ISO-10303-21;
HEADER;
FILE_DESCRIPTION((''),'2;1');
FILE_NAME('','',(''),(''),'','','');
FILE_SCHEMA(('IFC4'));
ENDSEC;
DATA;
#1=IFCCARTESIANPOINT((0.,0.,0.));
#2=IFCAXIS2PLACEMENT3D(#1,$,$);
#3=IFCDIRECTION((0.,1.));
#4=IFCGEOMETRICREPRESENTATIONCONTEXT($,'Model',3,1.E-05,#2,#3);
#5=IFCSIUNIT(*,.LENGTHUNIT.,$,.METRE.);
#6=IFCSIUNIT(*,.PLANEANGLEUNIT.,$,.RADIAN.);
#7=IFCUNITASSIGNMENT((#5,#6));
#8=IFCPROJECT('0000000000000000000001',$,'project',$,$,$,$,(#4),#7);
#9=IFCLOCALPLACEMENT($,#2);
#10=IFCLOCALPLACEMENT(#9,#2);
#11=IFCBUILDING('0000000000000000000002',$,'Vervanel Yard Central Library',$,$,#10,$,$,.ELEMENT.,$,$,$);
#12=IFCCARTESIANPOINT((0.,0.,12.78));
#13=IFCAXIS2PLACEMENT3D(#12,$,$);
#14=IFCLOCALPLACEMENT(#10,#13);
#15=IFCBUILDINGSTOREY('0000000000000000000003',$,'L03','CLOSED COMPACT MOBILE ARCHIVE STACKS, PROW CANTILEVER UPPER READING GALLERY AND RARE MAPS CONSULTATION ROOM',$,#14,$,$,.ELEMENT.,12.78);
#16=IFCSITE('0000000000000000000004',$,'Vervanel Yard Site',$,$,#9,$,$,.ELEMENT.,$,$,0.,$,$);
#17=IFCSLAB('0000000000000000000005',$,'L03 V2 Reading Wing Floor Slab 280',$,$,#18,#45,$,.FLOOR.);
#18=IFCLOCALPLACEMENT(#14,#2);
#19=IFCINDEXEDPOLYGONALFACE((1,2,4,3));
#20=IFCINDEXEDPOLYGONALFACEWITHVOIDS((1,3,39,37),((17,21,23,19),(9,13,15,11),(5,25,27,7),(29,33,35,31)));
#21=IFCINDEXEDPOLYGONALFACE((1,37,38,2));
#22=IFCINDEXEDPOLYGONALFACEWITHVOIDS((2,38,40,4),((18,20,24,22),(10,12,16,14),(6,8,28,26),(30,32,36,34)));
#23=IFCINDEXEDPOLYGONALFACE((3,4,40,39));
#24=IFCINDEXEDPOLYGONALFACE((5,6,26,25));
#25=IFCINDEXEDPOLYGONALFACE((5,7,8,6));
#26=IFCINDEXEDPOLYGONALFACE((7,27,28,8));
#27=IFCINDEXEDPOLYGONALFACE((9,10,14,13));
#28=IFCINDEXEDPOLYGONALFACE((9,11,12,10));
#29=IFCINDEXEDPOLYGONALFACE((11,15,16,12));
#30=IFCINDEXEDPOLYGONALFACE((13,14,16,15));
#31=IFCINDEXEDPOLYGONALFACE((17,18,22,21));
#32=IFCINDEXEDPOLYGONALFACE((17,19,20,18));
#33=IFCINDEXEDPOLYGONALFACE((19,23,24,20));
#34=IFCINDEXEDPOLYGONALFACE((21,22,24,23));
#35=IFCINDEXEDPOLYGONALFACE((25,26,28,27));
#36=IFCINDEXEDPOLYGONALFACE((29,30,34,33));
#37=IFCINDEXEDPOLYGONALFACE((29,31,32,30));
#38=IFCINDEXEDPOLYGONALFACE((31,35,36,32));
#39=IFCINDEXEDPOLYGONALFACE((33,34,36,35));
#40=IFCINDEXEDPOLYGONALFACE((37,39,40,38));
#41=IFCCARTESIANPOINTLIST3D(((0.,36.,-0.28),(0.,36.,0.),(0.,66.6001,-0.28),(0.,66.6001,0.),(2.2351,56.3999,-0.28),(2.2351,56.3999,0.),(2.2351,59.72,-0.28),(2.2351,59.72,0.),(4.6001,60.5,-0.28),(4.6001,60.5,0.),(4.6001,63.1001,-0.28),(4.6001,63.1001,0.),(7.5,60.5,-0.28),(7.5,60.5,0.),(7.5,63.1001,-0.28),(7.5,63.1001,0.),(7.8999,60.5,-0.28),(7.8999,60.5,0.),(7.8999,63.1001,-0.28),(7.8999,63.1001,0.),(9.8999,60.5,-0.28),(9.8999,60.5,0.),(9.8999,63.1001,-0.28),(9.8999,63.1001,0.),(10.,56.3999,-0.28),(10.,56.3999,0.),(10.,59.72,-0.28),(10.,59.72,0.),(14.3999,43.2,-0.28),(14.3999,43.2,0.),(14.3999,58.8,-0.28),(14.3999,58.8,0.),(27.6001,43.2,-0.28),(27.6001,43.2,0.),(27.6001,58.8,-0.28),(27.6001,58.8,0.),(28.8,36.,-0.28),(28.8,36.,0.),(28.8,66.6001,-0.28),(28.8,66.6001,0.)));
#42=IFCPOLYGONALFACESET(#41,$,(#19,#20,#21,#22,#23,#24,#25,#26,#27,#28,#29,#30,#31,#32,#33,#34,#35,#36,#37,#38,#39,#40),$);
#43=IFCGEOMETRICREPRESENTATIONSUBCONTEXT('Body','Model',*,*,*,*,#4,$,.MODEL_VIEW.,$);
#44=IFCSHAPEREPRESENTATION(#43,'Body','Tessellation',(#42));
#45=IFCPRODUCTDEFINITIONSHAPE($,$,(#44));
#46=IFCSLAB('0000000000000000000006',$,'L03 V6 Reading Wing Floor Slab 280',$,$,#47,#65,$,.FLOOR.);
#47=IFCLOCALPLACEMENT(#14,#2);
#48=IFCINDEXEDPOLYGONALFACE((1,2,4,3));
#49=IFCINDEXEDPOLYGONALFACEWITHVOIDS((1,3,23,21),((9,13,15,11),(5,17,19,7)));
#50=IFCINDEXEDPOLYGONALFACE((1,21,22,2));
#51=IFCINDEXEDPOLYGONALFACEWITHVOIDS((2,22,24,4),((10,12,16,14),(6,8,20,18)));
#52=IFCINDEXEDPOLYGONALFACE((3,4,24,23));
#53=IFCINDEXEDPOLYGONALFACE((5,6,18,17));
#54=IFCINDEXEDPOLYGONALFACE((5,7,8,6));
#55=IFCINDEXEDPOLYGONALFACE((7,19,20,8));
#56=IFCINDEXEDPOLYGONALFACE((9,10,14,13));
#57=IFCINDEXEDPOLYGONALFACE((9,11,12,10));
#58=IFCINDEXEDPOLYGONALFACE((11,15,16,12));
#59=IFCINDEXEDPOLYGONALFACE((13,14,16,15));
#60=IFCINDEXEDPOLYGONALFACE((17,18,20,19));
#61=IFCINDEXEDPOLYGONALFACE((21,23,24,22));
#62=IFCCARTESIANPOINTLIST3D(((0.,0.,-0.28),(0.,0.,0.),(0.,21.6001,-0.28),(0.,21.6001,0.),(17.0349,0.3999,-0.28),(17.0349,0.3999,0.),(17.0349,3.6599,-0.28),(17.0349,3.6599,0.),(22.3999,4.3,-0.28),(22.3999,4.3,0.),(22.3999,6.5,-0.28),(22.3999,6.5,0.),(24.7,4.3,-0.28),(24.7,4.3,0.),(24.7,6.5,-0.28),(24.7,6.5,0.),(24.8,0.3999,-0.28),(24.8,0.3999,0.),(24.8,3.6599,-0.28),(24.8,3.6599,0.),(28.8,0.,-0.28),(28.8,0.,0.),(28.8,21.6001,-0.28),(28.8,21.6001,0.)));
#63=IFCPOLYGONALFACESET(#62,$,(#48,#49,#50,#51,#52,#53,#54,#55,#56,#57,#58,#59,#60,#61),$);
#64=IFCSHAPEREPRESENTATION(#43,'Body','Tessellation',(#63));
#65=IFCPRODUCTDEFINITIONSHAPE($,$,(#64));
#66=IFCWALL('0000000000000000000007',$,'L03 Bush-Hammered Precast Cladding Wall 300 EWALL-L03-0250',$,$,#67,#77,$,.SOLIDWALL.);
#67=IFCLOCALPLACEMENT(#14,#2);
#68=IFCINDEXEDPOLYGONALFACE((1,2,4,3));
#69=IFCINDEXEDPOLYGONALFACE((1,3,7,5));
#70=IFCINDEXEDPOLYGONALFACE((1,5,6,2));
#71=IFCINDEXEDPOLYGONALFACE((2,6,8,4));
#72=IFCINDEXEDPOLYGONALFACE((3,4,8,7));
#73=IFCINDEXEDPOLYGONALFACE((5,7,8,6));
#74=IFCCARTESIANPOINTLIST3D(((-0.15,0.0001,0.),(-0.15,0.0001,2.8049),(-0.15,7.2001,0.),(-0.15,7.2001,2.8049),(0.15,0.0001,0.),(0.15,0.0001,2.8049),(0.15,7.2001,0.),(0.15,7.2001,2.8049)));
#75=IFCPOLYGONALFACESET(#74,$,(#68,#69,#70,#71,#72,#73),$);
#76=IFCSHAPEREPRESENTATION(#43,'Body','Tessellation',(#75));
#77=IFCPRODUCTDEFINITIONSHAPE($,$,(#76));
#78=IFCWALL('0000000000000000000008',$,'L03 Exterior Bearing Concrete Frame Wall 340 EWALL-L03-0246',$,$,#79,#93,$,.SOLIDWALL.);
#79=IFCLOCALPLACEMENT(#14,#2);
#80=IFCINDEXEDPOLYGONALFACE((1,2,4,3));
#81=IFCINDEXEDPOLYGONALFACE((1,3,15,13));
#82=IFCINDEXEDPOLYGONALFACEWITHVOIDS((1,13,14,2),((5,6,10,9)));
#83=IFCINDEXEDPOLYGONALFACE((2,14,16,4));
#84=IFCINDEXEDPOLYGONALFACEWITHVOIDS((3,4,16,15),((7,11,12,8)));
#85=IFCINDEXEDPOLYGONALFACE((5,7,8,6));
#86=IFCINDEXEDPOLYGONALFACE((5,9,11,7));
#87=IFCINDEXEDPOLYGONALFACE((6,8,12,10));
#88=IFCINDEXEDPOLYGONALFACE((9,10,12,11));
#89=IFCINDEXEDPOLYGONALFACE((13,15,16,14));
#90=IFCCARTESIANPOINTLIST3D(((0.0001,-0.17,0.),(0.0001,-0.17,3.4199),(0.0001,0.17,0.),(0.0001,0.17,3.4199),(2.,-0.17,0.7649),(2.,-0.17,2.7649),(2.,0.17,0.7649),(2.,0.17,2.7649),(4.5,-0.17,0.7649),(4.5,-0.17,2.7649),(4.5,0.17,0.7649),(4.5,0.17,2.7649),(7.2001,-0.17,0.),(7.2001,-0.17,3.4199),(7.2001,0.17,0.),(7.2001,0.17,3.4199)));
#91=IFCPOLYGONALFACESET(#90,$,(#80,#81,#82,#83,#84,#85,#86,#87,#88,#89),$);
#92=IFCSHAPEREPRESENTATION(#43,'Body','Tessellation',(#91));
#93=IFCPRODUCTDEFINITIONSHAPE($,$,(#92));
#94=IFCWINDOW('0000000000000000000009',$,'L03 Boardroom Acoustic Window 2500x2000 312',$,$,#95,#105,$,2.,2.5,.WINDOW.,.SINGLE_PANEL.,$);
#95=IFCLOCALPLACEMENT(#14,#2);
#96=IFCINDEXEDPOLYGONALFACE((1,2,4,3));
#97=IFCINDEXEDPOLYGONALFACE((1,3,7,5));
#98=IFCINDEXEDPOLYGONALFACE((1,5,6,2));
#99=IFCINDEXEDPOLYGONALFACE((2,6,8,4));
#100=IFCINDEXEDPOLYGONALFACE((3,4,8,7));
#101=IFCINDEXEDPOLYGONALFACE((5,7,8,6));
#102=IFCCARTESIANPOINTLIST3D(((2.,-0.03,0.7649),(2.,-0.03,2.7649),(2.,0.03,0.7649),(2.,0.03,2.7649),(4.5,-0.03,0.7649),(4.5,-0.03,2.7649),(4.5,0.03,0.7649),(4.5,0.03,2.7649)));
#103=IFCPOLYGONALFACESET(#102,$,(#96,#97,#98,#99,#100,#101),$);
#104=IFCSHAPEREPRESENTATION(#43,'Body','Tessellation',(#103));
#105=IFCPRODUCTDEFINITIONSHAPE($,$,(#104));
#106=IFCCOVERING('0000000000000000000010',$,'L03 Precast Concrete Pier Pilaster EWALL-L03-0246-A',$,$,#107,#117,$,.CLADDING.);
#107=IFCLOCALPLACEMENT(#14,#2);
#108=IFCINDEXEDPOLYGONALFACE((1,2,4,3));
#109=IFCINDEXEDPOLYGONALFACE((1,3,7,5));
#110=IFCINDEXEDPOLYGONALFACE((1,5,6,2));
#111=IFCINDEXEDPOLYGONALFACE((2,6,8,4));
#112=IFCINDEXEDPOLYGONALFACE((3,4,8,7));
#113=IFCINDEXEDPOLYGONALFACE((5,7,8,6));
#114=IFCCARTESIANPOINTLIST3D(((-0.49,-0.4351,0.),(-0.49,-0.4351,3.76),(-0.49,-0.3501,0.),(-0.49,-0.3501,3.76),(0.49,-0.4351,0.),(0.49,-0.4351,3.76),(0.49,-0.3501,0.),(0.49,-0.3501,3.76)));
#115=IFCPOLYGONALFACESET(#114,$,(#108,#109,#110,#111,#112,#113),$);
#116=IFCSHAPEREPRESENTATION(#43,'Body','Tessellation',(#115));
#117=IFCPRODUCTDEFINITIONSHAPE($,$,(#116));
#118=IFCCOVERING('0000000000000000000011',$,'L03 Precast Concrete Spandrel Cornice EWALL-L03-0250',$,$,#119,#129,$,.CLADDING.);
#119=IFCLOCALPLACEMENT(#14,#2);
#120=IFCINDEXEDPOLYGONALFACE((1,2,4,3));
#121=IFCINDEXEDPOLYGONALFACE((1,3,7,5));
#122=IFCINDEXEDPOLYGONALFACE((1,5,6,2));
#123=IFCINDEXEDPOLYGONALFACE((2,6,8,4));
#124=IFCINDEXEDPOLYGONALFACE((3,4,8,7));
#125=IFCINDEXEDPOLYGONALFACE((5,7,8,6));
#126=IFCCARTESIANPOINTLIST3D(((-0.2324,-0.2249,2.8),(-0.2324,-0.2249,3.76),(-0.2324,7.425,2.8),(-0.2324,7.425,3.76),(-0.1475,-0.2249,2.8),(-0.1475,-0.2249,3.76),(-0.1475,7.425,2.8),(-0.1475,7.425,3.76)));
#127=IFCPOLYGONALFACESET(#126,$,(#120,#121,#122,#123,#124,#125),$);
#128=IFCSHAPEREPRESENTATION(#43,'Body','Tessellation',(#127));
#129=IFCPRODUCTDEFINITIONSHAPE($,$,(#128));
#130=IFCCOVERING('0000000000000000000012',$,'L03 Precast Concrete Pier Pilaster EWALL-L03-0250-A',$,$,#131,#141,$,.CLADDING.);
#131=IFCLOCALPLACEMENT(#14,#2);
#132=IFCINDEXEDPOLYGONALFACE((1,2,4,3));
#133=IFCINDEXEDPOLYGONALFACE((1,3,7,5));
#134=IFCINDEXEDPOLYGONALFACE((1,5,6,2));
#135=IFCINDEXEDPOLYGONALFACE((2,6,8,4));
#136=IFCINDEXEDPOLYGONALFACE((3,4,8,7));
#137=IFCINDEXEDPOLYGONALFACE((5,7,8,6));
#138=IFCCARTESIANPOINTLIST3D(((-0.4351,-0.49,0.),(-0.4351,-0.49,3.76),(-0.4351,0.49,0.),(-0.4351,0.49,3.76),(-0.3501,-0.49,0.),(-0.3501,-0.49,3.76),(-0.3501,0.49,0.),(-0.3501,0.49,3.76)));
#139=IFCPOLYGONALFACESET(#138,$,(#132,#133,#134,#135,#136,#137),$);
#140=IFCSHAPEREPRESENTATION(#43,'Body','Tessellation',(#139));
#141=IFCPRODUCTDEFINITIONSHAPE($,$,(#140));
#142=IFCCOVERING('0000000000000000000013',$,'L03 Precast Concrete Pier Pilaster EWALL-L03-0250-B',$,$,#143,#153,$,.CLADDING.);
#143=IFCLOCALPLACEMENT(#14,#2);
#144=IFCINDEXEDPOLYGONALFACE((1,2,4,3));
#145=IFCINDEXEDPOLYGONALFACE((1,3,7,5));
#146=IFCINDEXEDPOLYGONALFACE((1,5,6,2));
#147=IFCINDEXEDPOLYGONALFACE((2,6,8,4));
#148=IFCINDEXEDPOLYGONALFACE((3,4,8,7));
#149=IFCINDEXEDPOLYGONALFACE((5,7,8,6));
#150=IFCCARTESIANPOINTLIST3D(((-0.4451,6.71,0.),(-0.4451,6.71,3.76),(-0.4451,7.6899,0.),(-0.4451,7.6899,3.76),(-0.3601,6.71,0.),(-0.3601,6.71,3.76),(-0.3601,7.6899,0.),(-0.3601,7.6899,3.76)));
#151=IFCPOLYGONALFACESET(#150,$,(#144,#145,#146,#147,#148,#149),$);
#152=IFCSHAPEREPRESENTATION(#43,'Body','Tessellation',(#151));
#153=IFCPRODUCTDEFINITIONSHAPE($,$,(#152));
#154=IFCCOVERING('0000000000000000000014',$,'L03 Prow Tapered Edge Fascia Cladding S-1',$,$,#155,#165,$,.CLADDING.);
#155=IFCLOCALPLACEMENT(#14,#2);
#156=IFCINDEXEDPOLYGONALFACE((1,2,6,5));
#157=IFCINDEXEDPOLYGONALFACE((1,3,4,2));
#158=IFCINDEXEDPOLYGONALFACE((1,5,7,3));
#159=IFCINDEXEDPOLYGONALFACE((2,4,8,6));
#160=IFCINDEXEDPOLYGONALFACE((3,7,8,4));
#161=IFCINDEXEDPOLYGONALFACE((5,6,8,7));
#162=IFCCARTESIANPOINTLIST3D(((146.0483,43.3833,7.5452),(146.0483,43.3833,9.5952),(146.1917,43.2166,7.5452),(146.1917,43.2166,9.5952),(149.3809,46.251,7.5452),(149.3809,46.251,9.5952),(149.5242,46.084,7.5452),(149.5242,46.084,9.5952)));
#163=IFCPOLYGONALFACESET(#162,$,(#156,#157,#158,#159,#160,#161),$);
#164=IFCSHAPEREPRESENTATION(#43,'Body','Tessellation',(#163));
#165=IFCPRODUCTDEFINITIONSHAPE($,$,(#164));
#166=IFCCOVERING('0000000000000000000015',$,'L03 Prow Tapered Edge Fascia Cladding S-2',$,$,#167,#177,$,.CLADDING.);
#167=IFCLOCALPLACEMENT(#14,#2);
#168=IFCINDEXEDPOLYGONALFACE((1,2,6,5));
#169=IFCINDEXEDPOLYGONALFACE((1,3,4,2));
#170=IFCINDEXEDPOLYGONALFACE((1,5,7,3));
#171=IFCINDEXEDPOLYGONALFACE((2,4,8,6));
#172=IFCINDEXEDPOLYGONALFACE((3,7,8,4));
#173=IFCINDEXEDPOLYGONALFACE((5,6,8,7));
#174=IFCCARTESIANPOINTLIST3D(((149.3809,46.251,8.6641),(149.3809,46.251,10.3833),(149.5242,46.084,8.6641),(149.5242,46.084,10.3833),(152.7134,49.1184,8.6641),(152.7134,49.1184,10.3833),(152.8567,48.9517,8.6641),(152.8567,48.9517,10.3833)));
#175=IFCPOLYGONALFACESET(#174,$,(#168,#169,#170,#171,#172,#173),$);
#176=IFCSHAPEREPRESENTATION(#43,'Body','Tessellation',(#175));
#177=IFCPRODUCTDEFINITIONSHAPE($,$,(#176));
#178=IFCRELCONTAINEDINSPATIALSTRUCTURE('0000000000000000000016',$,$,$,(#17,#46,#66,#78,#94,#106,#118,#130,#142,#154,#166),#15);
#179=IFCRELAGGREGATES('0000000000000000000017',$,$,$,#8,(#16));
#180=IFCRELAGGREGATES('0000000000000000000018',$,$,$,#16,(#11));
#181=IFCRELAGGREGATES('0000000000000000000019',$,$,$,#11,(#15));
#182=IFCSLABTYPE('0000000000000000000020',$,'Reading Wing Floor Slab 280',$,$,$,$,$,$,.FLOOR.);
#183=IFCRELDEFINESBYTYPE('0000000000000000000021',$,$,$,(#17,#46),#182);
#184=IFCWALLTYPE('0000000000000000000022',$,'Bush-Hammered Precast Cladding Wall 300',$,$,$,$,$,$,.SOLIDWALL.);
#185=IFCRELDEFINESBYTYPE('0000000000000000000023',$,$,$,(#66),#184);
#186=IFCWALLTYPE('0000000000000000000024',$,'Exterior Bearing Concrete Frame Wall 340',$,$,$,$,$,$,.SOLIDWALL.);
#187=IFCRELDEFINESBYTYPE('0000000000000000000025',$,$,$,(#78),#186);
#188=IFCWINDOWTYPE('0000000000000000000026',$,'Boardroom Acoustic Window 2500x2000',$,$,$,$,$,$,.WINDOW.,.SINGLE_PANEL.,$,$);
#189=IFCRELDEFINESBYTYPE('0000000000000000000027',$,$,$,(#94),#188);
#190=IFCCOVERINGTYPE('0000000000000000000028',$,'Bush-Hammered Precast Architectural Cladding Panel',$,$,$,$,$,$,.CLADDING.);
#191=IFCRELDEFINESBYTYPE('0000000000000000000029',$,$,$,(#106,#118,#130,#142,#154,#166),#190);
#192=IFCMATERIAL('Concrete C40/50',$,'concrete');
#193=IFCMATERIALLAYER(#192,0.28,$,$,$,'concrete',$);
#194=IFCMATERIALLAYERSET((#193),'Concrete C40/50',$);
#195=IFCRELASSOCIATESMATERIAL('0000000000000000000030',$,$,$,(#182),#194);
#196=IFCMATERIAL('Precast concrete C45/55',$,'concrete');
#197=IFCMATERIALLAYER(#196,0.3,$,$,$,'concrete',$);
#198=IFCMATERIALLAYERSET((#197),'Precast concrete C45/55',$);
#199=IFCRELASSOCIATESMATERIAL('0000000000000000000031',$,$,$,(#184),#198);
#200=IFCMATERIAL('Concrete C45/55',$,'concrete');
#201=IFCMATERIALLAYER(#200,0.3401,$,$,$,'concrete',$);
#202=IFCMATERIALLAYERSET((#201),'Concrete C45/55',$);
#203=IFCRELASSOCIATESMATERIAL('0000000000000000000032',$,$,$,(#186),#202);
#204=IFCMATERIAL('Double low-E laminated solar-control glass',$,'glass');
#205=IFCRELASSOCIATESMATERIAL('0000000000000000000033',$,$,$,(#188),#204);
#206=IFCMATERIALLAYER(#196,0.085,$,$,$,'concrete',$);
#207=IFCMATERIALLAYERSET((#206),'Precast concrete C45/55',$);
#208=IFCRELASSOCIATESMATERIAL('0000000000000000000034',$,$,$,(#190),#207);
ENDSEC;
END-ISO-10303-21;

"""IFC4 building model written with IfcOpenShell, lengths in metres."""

from ifc_helpers import new_model, si_unit, direction, frame, frame_2d, origin, origin_with_axes, origin_2d, place, context, subcontext, project, spatial, polyline, rectangle, outline, extrude, material, layer, layer_set, type_object, element, fill, save


model = new_model("IFC4")

# Units and contexts
model_context = context("Model", 3, precision=1e-05, world=origin(), true_north=direction((0.0, 1.0)))
body_context = subcontext(model_context, "Body", "Model", "MODEL_VIEW")
ifc_project = project(units=[si_unit("LENGTHUNIT", "METRE"), si_unit("PLANEANGLEUNIT", "RADIAN")], contexts=[model_context])

# Site, building, storey
site_placement = place(None, origin())
site = spatial("IfcSite", under=ifc_project, at=site_placement, Name="Vervanel Yard Site", CompositionType="ELEMENT", RefElevation=0.0)
building_placement = place(site_placement, origin())
building = spatial("IfcBuilding", under=site, at=building_placement, Name="Vervanel Yard Central Library", CompositionType="ELEMENT")
storey_placement = place(building_placement, frame((0.0, 0.0, 12.78)))
storey = spatial("IfcBuildingStorey", under=building, at=storey_placement, Name="L03", Description="CLOSED COMPACT MOBILE ARCHIVE STACKS, PROW CANTILEVER UPPER READING GALLERY AND RARE MAPS CONSULTATION ROOM", CompositionType="ELEMENT", Elevation=12.78)

# Shared definitions
ifc_material_1 = material(Name="Concrete C40/50", Category="concrete")

# Shared definitions
ifc_material_2 = material(Name="Concrete C45/55", Category="concrete")

# Slabs
ifc_layer_1 = layer(ifc_material_1, 0.28, Category="concrete")
ifc_layer_set_1 = layer_set([ifc_layer_1], Name="Concrete C40/50")
slab_type_1 = type_object("IfcSlabType", Name="Reading Wing Floor Slab 280", PredefinedType="FLOOR", material=ifc_layer_set_1)
slab_1_placement = place(storey_placement, frame((0.0, 0.0, -0.28)))
element("IfcSlab", 1, at=slab_1_placement, inside=storey, type_object=slab_type_1, Name="L03 V2 Reading Wing Floor Slab 280", PredefinedType="FLOOR", context=body_context, shape_type="SweptSolid", body=[
    extrude(outline(polyline([(0.0, 36.0), (28.8, 36.0), (28.8, 66.6001), (0.0, 66.6001), (0.0, 36.0)]), holes=[polyline([(14.3999, 43.2), (27.6001, 43.2), (27.6001, 58.8), (14.3999, 58.8), (14.3999, 43.2)]), polyline([(2.2351, 56.3999), (10.0, 56.3999), (10.0, 59.72), (2.2351, 59.72), (2.2351, 56.3999)]), polyline([(4.6001, 60.5), (7.5, 60.5), (7.5, 63.1001), (4.6001, 63.1001), (4.6001, 60.5)]), polyline([(7.8999, 60.5), (9.8999, 60.5), (9.8999, 63.1001), (7.8999, 63.1001), (7.8999, 60.5)])]), origin(), (0.0, 0.0, 1.0), 0.28),
])
slab_2_placement = place(storey_placement, frame((0.0, 0.0, -0.28)))
element("IfcSlab", 2, at=slab_2_placement, inside=storey, type_object=slab_type_1, Name="L03 V6 Reading Wing Floor Slab 280", PredefinedType="FLOOR", context=body_context, shape_type="SweptSolid", body=[
    extrude(outline(polyline([(0.0, 0.0), (28.8, 0.0), (28.8, 21.6001), (0.0, 21.6001), (0.0, 0.0)]), holes=[polyline([(17.0349, 0.3999), (24.8, 0.3999), (24.8, 3.6599), (17.0349, 3.6599), (17.0349, 0.3999)]), polyline([(22.3999, 4.3), (24.7, 4.3), (24.7, 6.5), (22.3999, 6.5), (22.3999, 4.3)])]), origin(), (0.0, 0.0, 1.0), 0.28),
])

# Wall
ifc_material_3 = material(Name="Precast concrete C45/55", Category="concrete")
ifc_layer_2 = layer(ifc_material_3, 0.3, Category="concrete")
ifc_layer_set_2 = layer_set([ifc_layer_2], Name="Precast concrete C45/55")
wall_type_1 = type_object("IfcWallType", Name="Bush-Hammered Precast Cladding Wall 300", PredefinedType="SOLIDWALL", material=ifc_layer_set_2)
wall_1_placement = place(storey_placement, frame((0.0, 0.0, 0.0), z_axis=(0.0, 0.0, 1.0), x_axis=(0.0, 1.0, 0.0)))
element("IfcWall", 3, at=wall_1_placement, inside=storey, type_object=wall_type_1, Name="L03 Bush-Hammered Precast Cladding Wall 300 EWALL-L03-0250", PredefinedType="SOLIDWALL", context=body_context, shape_type="SweptSolid", body=[
    extrude(rectangle(XDim=7.2, YDim=0.3, at=frame_2d((3.6001, 0.0))), origin(), (0.0, 0.0, 1.0), 2.8049),
])

# Wall, opening, window
ifc_layer_3 = layer(ifc_material_2, 0.3401, Category="concrete")
ifc_layer_set_3 = layer_set([ifc_layer_3], Name="Concrete C45/55")
wall_type_2 = type_object("IfcWallType", Name="Exterior Bearing Concrete Frame Wall 340", PredefinedType="SOLIDWALL", material=ifc_layer_set_3)
wall_2_placement = place(storey_placement, origin_with_axes())
wall_2 = element("IfcWall", 4, at=wall_2_placement, inside=storey, type_object=wall_type_2, Name="L03 Exterior Bearing Concrete Frame Wall 340 EWALL-L03-0246", PredefinedType="SOLIDWALL", context=body_context, shape_type="SweptSolid", body=[
    extrude(rectangle(XDim=7.2, YDim=0.3401, at=frame_2d((3.6001, 0.0))), origin(), (0.0, 0.0, 1.0), 3.4199),
])
opening_placement = place(wall_2_placement, frame((2.0, 0.0, 0.7649)))
opening = element("IfcOpeningElement", 5, at=opening_placement, cuts=wall_2, PredefinedType="OPENING", context=body_context, shape_type="SweptSolid", body=[
    extrude(rectangle(XDim=2.5, YDim=2.0, at=frame_2d((1.25, 1.0))), frame((0.0, 0.1799, 0.0), z_axis=(0.0, -1.0, 0.0), x_axis=(1.0, 0.0, 0.0)), (0.0, 0.0, 1.0), 0.3601),
])
ifc_material_4 = material(Name="Double low-E laminated solar-control glass", Category="glass")
window_type = type_object("IfcWindowType", Name="Boardroom Acoustic Window 2500x2000", PartitioningType="SINGLE_PANEL", PredefinedType="WINDOW", material=ifc_material_4)
window_placement = place(opening_placement, origin())
window = element("IfcWindow", 6, at=window_placement, inside=storey, type_object=window_type, Name="L03 Boardroom Acoustic Window 2500x2000 312", OverallHeight=2.0, OverallWidth=2.5, PartitioningType="SINGLE_PANEL", PredefinedType="WINDOW", context=body_context, shape_type="SweptSolid", body=[
    extrude(rectangle(XDim=2.5, YDim=2.0, at=frame_2d((1.25, 1.0))), frame((0.0, 0.03, 0.0), z_axis=(0.0, -1.0, 0.0), x_axis=(1.0, 0.0, 0.0)), (0.0, 0.0, 1.0), 0.0601),
])
fill(opening, window)

# Coverings
ifc_layer_4 = layer(ifc_material_3, 0.085, Category="concrete")
ifc_layer_set_4 = layer_set([ifc_layer_4], Name="Precast concrete C45/55")
covering_type_1 = type_object("IfcCoveringType", Name="Bush-Hammered Precast Architectural Cladding Panel", PredefinedType="CLADDING", material=ifc_layer_set_4)
covering_1_placement = place(storey_placement, frame((0.0, -0.3926, 0.0), z_axis=(0.0, 0.0, 1.0), x_axis=(1.0, 0.0, 0.0)))
element("IfcCovering", 7, at=covering_1_placement, inside=storey, type_object=covering_type_1, Name="L03 Precast Concrete Pier Pilaster EWALL-L03-0246-A", PredefinedType="CLADDING", context=body_context, shape_type="SweptSolid", body=[
    extrude(rectangle(XDim=0.98, YDim=0.085, at=origin_2d()), origin(), (0.0, 0.0, 1.0), 3.76),
])
covering_2_placement = place(storey_placement, frame((-0.1899, 3.6001, 2.8), z_axis=(0.0, 0.0, 1.0), x_axis=(0.0, 1.0, 0.0)))
element("IfcCovering", 8, at=covering_2_placement, inside=storey, type_object=covering_type_1, Name="L03 Precast Concrete Spandrel Cornice EWALL-L03-0250", PredefinedType="CLADDING", context=body_context, shape_type="SweptSolid", body=[
    extrude(rectangle(XDim=7.6499, YDim=0.085, at=origin_2d()), origin(), (0.0, 0.0, 1.0), 0.96),
])
for number, where, z_axis, x_axis, name in (
    (9, (-0.3926, 0.0, 0.0), (0.0, 0.0, 1.0), (0.0, 1.0, 0.0), "L03 Precast Concrete Pier Pilaster EWALL-L03-0250-A"),
    (10, (-0.4026, 7.2, 0.0), (0.0, 0.0, 1.0), (0.0, 1.0, 0.0), "L03 Precast Concrete Pier Pilaster EWALL-L03-0250-B"),
):
    element("IfcCovering", number, at=place(storey_placement, frame(where, z_axis=z_axis, x_axis=x_axis)), inside=storey, type_object=covering_type_1, Name=name, PredefinedType="CLADDING", context=body_context, shape_type="SweptSolid", body=[
        extrude(rectangle(XDim=0.98, YDim=0.085, at=origin_2d()), origin(), (0.0, 0.0, 1.0), 3.76),
    ])
covering_3_placement = place(storey_placement, frame((0.0, 0.0, 7.5452)))
element("IfcCovering", 11, at=covering_3_placement, inside=storey, type_object=covering_type_1, Name="L03 Prow Tapered Edge Fascia Cladding S-1", PredefinedType="CLADDING", context=body_context, shape_type="SweptSolid", body=[
    extrude(outline(polyline([(146.1917, 43.2166), (149.5242, 46.084), (149.3809, 46.251), (146.0483, 43.3833), (146.1917, 43.2166)])), origin(), (0.0, 0.0, 1.0), 2.05),
])
covering_4_placement = place(storey_placement, frame((0.0, 0.0, 8.6641)))
element("IfcCovering", 12, at=covering_4_placement, inside=storey, type_object=covering_type_1, Name="L03 Prow Tapered Edge Fascia Cladding S-2", PredefinedType="CLADDING", context=body_context, shape_type="SweptSolid", body=[
    extrude(outline(polyline([(149.5242, 46.084), (152.8567, 48.9517), (152.7134, 49.1184), (149.3809, 46.251), (149.5242, 46.084)])), origin(), (0.0, 0.0, 1.0), 1.7192),
])

save(model, "model.ifc")
